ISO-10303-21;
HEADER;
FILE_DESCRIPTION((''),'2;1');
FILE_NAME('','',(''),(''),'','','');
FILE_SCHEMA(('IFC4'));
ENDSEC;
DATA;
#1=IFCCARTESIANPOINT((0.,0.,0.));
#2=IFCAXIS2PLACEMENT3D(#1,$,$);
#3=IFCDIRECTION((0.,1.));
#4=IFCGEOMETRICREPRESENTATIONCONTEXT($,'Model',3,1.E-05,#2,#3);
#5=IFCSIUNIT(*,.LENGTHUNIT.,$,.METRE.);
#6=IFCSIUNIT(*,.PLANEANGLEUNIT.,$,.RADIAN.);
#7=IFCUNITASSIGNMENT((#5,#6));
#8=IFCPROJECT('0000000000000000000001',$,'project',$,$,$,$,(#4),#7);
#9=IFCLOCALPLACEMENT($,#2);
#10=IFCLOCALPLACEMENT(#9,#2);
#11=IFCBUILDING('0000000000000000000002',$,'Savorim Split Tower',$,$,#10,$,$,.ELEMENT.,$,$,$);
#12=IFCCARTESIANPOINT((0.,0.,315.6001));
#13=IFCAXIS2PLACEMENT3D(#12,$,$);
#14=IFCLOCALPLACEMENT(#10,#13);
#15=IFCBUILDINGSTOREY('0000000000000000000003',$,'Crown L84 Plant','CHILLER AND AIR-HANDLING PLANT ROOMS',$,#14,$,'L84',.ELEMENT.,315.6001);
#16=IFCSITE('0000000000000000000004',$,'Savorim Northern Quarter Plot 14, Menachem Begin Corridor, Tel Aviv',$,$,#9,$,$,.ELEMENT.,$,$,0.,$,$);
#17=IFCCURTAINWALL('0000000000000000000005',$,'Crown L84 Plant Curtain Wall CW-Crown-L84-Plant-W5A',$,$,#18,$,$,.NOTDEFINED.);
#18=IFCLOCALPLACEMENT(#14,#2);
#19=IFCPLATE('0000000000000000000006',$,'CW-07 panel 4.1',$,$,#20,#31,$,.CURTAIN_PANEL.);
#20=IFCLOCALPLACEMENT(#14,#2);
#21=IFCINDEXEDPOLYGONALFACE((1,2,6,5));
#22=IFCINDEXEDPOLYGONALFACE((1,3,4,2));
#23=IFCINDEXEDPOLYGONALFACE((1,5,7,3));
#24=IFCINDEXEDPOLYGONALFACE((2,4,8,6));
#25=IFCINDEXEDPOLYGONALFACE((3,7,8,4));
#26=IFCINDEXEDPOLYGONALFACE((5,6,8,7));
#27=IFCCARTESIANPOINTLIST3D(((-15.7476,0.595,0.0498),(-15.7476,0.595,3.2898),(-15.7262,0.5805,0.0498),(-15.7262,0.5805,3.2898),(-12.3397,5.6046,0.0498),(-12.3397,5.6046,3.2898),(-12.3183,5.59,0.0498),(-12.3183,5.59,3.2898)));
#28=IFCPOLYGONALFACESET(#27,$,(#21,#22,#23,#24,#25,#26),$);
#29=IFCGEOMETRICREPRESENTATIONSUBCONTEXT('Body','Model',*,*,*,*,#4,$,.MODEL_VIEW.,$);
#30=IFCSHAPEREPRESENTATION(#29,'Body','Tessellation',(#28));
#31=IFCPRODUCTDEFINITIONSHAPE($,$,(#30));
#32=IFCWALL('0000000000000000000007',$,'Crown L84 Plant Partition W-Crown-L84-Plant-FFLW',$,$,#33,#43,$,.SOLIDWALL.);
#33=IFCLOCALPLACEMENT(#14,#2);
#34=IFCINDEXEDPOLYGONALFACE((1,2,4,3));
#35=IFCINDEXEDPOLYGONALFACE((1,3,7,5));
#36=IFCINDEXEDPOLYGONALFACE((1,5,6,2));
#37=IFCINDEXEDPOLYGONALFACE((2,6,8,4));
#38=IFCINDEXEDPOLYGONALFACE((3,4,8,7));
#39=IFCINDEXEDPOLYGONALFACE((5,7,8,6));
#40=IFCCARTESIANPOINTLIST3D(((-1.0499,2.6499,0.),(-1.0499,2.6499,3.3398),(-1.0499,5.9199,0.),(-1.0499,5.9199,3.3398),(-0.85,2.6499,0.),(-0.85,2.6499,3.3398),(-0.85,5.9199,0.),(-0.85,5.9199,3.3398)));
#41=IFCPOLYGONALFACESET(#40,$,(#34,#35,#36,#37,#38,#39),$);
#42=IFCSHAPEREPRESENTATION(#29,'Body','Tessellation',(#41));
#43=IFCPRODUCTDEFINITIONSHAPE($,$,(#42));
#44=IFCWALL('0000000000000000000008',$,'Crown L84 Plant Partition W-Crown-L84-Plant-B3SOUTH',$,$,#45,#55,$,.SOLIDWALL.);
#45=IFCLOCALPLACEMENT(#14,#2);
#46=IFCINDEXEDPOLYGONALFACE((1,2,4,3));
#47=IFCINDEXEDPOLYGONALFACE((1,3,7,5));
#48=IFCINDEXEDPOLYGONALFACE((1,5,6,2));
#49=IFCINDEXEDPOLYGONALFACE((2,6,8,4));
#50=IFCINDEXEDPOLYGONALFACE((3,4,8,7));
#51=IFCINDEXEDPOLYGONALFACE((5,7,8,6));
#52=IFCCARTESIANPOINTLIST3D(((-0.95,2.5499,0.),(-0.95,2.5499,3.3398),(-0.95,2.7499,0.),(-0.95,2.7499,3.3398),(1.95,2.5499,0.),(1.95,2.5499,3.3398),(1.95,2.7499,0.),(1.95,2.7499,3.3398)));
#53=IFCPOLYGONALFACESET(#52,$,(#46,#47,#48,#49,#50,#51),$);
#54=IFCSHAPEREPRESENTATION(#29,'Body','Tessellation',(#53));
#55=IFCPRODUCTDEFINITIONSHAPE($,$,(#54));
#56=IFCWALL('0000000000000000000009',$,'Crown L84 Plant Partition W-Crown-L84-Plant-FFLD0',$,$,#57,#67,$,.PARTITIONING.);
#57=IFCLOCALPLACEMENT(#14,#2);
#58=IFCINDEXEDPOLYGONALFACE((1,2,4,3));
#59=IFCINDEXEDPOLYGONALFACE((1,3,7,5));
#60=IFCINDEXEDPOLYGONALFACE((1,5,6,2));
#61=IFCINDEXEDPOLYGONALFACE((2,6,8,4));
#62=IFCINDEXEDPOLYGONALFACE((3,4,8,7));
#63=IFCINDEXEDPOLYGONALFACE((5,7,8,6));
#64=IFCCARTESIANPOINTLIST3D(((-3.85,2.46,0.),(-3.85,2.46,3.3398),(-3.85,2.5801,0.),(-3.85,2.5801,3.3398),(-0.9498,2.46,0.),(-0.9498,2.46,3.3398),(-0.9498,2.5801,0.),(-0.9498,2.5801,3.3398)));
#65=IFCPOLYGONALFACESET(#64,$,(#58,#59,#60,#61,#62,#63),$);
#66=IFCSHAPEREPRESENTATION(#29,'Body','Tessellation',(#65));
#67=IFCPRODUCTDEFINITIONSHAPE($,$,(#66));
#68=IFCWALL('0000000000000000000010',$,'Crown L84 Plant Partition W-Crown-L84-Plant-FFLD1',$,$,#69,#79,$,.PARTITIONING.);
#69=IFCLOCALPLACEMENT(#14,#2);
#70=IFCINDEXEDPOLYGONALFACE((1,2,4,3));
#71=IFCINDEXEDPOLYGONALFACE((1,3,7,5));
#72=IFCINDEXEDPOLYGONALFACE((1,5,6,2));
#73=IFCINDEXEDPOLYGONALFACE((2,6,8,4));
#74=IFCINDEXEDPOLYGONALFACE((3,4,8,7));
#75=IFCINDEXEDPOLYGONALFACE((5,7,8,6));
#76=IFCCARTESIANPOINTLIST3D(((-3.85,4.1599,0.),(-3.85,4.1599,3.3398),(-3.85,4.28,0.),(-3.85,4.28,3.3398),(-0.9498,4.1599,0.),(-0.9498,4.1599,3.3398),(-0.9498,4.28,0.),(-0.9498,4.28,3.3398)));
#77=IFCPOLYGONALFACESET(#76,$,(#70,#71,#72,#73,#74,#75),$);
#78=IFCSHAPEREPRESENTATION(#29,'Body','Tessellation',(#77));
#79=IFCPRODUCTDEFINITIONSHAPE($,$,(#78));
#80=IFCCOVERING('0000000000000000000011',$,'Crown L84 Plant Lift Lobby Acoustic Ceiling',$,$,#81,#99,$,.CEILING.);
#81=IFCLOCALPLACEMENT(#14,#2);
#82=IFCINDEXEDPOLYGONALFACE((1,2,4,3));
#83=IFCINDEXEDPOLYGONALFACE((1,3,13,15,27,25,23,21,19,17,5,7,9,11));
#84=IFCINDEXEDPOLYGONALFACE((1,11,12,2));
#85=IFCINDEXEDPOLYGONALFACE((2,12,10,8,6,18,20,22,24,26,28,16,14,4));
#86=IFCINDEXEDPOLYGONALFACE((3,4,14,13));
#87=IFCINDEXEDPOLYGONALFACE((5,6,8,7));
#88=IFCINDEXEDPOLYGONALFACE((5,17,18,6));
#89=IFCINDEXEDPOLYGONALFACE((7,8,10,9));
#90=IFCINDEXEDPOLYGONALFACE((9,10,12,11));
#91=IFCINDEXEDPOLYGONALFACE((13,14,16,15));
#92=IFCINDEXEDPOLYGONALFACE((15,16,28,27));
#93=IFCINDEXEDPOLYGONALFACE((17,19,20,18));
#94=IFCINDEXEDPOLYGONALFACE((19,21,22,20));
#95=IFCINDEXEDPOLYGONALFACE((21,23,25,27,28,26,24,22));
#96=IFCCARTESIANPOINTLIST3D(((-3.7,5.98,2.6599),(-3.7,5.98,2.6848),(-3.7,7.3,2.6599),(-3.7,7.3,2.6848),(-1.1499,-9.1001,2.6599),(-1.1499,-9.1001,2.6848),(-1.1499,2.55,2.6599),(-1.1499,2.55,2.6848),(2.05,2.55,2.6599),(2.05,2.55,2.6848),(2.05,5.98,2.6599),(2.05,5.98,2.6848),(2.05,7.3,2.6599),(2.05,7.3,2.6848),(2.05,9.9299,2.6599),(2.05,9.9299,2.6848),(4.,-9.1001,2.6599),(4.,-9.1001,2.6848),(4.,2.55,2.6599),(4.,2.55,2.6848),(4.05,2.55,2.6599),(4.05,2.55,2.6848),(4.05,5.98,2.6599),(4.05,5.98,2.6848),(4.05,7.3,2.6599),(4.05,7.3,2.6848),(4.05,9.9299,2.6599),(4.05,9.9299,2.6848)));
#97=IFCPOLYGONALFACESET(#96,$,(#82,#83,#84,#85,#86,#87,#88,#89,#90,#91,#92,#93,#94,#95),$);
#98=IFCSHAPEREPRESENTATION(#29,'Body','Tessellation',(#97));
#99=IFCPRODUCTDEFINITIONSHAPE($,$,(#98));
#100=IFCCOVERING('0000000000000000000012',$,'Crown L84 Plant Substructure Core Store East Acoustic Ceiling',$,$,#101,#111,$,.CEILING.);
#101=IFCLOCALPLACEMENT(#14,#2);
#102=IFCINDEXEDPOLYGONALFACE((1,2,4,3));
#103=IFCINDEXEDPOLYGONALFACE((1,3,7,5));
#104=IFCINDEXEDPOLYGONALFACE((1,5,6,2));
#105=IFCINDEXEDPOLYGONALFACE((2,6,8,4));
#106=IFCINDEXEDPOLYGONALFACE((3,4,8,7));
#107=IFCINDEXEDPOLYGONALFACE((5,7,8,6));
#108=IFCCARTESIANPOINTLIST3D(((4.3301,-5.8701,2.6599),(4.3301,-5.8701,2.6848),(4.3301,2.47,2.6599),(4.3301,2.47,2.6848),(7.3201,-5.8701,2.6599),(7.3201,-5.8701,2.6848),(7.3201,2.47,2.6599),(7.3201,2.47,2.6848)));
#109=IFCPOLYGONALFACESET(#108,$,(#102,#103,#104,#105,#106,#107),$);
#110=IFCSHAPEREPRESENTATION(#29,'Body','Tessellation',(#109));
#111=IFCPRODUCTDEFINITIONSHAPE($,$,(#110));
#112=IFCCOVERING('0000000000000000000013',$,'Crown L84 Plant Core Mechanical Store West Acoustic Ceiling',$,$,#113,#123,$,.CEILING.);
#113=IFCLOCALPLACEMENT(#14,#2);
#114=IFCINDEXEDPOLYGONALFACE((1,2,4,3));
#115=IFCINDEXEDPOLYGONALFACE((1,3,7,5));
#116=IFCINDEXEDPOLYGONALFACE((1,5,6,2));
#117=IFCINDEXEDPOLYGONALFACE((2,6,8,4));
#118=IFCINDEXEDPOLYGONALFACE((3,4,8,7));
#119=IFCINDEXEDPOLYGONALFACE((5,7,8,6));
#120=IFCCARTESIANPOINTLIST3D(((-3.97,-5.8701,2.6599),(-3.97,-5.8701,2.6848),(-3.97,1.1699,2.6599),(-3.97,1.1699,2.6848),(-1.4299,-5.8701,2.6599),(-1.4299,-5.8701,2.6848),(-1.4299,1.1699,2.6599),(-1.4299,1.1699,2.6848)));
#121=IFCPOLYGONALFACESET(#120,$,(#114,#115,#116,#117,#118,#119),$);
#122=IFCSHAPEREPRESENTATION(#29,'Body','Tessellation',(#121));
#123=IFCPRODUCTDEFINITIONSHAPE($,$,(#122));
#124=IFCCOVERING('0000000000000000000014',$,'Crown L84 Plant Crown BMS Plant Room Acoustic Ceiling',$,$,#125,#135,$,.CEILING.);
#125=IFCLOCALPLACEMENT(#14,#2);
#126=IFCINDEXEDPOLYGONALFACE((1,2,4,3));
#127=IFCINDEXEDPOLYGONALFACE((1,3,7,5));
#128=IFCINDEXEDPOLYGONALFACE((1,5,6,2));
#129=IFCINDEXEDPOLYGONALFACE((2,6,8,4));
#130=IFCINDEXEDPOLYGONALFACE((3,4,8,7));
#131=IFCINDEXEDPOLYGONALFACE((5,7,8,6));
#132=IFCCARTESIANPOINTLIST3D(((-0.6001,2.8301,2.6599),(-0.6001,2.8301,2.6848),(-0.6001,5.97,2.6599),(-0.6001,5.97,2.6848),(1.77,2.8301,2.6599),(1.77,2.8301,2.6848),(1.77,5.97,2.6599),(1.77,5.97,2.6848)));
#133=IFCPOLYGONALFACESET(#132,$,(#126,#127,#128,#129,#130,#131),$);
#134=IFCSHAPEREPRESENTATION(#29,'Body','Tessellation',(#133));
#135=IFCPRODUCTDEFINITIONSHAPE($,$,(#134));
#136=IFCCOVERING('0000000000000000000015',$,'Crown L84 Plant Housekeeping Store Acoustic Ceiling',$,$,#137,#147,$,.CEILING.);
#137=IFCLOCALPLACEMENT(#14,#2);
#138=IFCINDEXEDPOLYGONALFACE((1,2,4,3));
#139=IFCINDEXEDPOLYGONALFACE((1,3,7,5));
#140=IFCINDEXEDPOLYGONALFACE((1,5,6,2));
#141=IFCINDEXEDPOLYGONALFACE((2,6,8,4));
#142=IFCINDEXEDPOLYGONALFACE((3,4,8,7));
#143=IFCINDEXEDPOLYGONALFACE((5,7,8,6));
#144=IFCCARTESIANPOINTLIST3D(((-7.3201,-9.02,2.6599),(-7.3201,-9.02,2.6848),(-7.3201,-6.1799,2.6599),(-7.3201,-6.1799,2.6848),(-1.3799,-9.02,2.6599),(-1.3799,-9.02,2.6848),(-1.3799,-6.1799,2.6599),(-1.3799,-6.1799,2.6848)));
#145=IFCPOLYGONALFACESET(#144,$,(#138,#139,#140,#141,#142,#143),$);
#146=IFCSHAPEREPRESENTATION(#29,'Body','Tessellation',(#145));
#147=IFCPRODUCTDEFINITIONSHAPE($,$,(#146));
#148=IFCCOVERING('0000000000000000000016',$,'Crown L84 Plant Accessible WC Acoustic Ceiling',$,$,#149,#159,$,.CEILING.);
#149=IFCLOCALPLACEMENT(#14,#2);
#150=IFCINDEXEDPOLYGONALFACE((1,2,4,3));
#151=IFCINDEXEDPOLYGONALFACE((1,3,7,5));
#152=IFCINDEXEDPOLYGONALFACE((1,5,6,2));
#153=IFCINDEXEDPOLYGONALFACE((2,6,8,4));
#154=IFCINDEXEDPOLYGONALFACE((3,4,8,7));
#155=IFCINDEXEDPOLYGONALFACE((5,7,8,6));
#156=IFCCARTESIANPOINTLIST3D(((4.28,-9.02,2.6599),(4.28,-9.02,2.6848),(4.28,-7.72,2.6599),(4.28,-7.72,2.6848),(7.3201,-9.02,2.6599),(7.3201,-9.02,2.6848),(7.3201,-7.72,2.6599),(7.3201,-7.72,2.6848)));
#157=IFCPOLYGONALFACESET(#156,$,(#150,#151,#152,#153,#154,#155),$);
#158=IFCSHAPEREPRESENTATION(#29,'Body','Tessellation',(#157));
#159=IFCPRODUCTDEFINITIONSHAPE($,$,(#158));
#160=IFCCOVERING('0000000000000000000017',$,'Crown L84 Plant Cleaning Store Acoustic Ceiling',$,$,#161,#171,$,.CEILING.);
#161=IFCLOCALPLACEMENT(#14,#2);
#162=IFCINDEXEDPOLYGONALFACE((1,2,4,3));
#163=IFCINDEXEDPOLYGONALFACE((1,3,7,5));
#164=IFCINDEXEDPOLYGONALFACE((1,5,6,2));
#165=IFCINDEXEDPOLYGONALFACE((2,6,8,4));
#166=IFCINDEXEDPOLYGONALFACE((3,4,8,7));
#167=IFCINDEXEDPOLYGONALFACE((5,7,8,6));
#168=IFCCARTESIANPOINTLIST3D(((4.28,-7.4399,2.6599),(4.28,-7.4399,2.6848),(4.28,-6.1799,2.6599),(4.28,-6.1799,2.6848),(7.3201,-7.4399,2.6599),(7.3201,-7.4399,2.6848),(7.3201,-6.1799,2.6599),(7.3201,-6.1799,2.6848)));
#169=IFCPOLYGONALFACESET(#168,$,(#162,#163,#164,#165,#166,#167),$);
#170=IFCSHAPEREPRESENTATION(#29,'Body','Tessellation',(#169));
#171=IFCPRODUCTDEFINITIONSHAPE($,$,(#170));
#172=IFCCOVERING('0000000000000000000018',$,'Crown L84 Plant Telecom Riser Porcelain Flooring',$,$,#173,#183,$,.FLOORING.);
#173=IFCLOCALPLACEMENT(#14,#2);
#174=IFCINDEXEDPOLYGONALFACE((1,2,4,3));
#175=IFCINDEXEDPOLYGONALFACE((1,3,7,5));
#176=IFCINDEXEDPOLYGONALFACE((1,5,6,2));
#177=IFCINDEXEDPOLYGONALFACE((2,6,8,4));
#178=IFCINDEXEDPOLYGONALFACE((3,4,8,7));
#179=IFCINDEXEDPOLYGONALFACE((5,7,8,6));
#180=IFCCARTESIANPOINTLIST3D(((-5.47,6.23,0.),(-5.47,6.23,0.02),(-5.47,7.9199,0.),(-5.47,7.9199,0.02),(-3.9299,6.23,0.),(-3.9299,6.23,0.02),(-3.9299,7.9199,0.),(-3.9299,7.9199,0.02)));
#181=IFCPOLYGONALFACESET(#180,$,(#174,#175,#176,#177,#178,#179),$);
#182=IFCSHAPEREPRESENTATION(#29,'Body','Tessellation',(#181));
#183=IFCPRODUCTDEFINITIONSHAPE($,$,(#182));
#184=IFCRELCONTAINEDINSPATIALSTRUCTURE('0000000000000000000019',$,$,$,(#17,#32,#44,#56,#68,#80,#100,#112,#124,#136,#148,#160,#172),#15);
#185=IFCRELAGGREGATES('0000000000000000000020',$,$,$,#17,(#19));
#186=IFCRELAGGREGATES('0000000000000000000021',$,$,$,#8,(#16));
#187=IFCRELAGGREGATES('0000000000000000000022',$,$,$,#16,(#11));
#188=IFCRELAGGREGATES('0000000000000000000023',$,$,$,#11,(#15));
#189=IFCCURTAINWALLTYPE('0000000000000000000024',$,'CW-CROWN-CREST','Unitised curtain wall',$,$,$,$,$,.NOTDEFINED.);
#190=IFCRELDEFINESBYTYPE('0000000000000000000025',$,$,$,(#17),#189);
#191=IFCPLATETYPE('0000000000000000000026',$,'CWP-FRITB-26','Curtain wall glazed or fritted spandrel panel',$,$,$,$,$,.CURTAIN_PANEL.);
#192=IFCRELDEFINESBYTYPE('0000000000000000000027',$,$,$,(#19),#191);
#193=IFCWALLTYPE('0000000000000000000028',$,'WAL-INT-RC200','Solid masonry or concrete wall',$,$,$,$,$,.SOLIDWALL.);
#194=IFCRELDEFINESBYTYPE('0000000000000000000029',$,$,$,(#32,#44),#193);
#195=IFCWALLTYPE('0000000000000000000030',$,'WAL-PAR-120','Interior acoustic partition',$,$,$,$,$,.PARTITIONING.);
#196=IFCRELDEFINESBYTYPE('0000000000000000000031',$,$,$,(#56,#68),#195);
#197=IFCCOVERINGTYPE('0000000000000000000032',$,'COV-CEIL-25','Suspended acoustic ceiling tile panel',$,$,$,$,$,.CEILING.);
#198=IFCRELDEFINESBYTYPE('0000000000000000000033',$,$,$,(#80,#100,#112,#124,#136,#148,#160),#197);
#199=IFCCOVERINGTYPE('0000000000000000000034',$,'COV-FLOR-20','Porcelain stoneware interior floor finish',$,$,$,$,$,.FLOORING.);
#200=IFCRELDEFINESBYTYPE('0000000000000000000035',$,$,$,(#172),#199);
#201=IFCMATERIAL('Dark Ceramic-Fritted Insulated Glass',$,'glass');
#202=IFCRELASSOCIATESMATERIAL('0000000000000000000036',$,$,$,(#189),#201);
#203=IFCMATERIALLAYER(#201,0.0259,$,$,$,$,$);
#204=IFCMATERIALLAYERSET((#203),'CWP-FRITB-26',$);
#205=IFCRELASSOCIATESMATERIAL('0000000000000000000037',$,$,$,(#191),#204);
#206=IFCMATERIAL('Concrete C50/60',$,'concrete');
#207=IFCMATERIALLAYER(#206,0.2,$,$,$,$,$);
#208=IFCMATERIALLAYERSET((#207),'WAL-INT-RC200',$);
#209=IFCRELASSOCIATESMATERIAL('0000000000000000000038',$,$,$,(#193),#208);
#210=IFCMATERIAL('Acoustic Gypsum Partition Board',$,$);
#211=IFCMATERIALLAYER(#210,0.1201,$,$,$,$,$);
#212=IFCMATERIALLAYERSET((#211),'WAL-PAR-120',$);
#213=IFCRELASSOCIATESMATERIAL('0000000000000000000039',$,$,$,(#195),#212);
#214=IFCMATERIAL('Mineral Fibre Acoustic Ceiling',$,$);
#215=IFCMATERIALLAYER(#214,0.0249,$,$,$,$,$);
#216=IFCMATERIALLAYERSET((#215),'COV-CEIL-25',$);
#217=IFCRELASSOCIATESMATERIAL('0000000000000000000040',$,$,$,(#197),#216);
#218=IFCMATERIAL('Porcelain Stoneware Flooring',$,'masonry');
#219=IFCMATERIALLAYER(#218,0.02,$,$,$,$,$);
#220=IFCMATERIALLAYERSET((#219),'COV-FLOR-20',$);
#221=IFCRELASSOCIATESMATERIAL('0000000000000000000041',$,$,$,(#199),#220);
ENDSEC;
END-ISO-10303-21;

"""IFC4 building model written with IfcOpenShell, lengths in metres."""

from ifc_helpers import new_model, si_unit, direction, frame, frame_2d, origin, origin_2d, place, context, subcontext, project, spatial, polyline, rectangle, outline, extrude, material, layer, layer_set, type_object, element, aggregate, save


model = new_model("IFC4")

# Units and contexts
model_context = context("Model", 3, precision=1e-05, world=origin(), true_north=direction((0.0, 1.0)))
body_context = subcontext(model_context, "Body", "Model", "MODEL_VIEW")
ifc_project = project(units=[si_unit("LENGTHUNIT", "METRE"), si_unit("PLANEANGLEUNIT", "RADIAN")], contexts=[model_context])

# Site, building, storey
site_placement = place(None, origin())
site = spatial("IfcSite", under=ifc_project, at=site_placement, Name="Savorim Northern Quarter Plot 14, Menachem Begin Corridor, Tel Aviv", CompositionType="ELEMENT", RefElevation=0.0)
building_placement = place(site_placement, origin())
building = spatial("IfcBuilding", under=site, at=building_placement, Name="Savorim Split Tower", CompositionType="ELEMENT")
storey_placement = place(building_placement, frame((0.0, 0.0, 315.6001)))
storey = spatial("IfcBuildingStorey", under=building, at=storey_placement, Name="Crown L84 Plant", Description="CHILLER AND AIR-HANDLING PLANT ROOMS", LongName="L84", CompositionType="ELEMENT", Elevation=315.6001)

# Curtain wall, plate
ifc_material_1 = material(Name="Dark Ceramic-Fritted Insulated Glass", Category="glass")
curtain_wall_type = type_object("IfcCurtainWallType", Name="CW-CROWN-CREST", Description="Unitised curtain wall", PredefinedType="NOTDEFINED", material=ifc_material_1)
curtain_wall_placement = place(storey_placement, origin())
curtain_wall = element("IfcCurtainWall", 1, at=curtain_wall_placement, inside=storey, type_object=curtain_wall_type, Name="Crown L84 Plant Curtain Wall CW-Crown-L84-Plant-W5A", PredefinedType="NOTDEFINED")
ifc_layer_1 = layer(ifc_material_1, 0.0259)
ifc_layer_set_1 = layer_set([ifc_layer_1], Name="CWP-FRITB-26")
plate_type = type_object("IfcPlateType", Name="CWP-FRITB-26", Description="Curtain wall glazed or fritted spandrel panel", PredefinedType="CURTAIN_PANEL", material=ifc_layer_set_1)
plate_placement = place(storey_placement, frame((-14.033, 3.0925, 0.0498), z_axis=(0.0, 0.0, 1.0), x_axis=(-0.562467, -0.82682, 0.0)))
plate = element("IfcPlate", 2, at=plate_placement, type_object=plate_type, Name="CW-07 panel 4.1", PredefinedType="CURTAIN_PANEL", context=body_context, shape_type="SweptSolid", body=[
    extrude(rectangle(XDim=6.0588, YDim=0.0259, at=origin_2d()), origin(), (0.0, 0.0, 1.0), 3.24),
])
aggregate(curtain_wall, [plate])

# Shared definitions
ifc_material_2 = material(Name="Concrete C50/60", Category="concrete")
ifc_layer_2 = layer(ifc_material_2, 0.2)
ifc_layer_set_2 = layer_set([ifc_layer_2], Name="WAL-INT-RC200")
wall_type_1 = type_object("IfcWallType", Name="WAL-INT-RC200", Description="Solid masonry or concrete wall", PredefinedType="SOLIDWALL", material=ifc_layer_set_2)

# Walls
wall_1_placement = place(storey_placement, frame((-0.95, 2.6499, 0.0), z_axis=(0.0, 0.0, 1.0), x_axis=(0.0, 1.0, 0.0)))
element("IfcWall", 3, at=wall_1_placement, inside=storey, type_object=wall_type_1, Name="Crown L84 Plant Partition W-Crown-L84-Plant-FFLW", PredefinedType="SOLIDWALL", context=body_context, shape_type="SweptSolid", body=[
    extrude(rectangle(XDim=3.27, YDim=0.2, at=frame_2d((1.635, 0.0))), origin(), (0.0, 0.0, 1.0), 3.3398),
])
wall_2_placement = place(storey_placement, frame((-0.95, 2.6499, 0.0), z_axis=(0.0, 0.0, 1.0), x_axis=(1.0, 0.0, 0.0)))
element("IfcWall", 4, at=wall_2_placement, inside=storey, type_object=wall_type_1, Name="Crown L84 Plant Partition W-Crown-L84-Plant-B3SOUTH", PredefinedType="SOLIDWALL", context=body_context, shape_type="SweptSolid", body=[
    extrude(rectangle(XDim=2.8999, YDim=0.2, at=frame_2d((1.45, 0.0))), origin(), (0.0, 0.0, 1.0), 3.3398),
])
ifc_material_3 = material(Name="Acoustic Gypsum Partition Board")
ifc_layer_3 = layer(ifc_material_3, 0.1201)
ifc_layer_set_3 = layer_set([ifc_layer_3], Name="WAL-PAR-120")
wall_type_2 = type_object("IfcWallType", Name="WAL-PAR-120", Description="Interior acoustic partition", PredefinedType="PARTITIONING", material=ifc_layer_set_3)
for number, where, z_axis, x_axis, name in (
    (5, (-3.8501, 2.52, 0.0), (0.0, 0.0, 1.0), (1.0, 0.0, 0.0), "Crown L84 Plant Partition W-Crown-L84-Plant-FFLD0"),
    (6, (-3.8501, 4.22, 0.0), (0.0, 0.0, 1.0), (1.0, 0.0, 0.0), "Crown L84 Plant Partition W-Crown-L84-Plant-FFLD1"),
):
    element("IfcWall", number, at=place(storey_placement, frame(where, z_axis=z_axis, x_axis=x_axis)), inside=storey, type_object=wall_type_2, Name=name, PredefinedType="PARTITIONING", context=body_context, shape_type="SweptSolid", body=[
        extrude(rectangle(XDim=2.9001, YDim=0.1201, at=frame_2d((1.4502, 0.0))), origin(), (0.0, 0.0, 1.0), 3.3398),
    ])

# Coverings
ifc_material_4 = material(Name="Mineral Fibre Acoustic Ceiling")
ifc_layer_4 = layer(ifc_material_4, 0.0249)
ifc_layer_set_4 = layer_set([ifc_layer_4], Name="COV-CEIL-25")
covering_type_1 = type_object("IfcCoveringType", Name="COV-CEIL-25", Description="Suspended acoustic ceiling tile panel", PredefinedType="CEILING", material=ifc_layer_set_4)
covering_1_placement = place(storey_placement, frame((0.0, 0.0, 2.6599)))
element("IfcCovering", 7, at=covering_1_placement, inside=storey, type_object=covering_type_1, Name="Crown L84 Plant Lift Lobby Acoustic Ceiling", PredefinedType="CEILING", context=body_context, shape_type="SweptSolid", body=[
    extrude(outline(polyline([(2.05, 2.55), (-1.1499, 2.55), (-1.1499, -9.1001), (4.0, -9.1001), (4.0, 2.55), (4.05, 2.55), (4.05, 5.98), (4.05, 7.3), (4.05, 9.9299), (2.05, 9.9299), (2.05, 7.3), (-3.7, 7.3), (-3.7, 5.98), (2.05, 5.98), (2.05, 2.55)])), origin(), (0.0, 0.0, 1.0), 0.0249),
])
covering_2_placement = place(storey_placement, frame((0.0, 0.0, 2.6599)))
element("IfcCovering", 8, at=covering_2_placement, inside=storey, type_object=covering_type_1, Name="Crown L84 Plant Substructure Core Store East Acoustic Ceiling", PredefinedType="CEILING", context=body_context, shape_type="SweptSolid", body=[
    extrude(outline(polyline([(4.3301, 2.47), (4.3301, -5.8701), (7.3201, -5.8701), (7.3201, 2.47), (4.3301, 2.47)])), origin(), (0.0, 0.0, 1.0), 0.0249),
])
covering_3_placement = place(storey_placement, frame((0.0, 0.0, 2.6599)))
element("IfcCovering", 9, at=covering_3_placement, inside=storey, type_object=covering_type_1, Name="Crown L84 Plant Core Mechanical Store West Acoustic Ceiling", PredefinedType="CEILING", context=body_context, shape_type="SweptSolid", body=[
    extrude(outline(polyline([(-3.97, 1.1699), (-3.97, -5.8701), (-1.4299, -5.8701), (-1.4299, 1.1699), (-3.97, 1.1699)])), origin(), (0.0, 0.0, 1.0), 0.0249),
])
covering_4_placement = place(storey_placement, frame((0.0, 0.0, 2.6599)))
element("IfcCovering", 10, at=covering_4_placement, inside=storey, type_object=covering_type_1, Name="Crown L84 Plant Crown BMS Plant Room Acoustic Ceiling", PredefinedType="CEILING", context=body_context, shape_type="SweptSolid", body=[
    extrude(outline(polyline([(1.77, 5.97), (-0.6001, 5.97), (-0.6001, 2.8301), (1.77, 2.8301), (1.77, 5.97)])), origin(), (0.0, 0.0, 1.0), 0.0249),
])
covering_5_placement = place(storey_placement, frame((0.0, 0.0, 2.6599)))
element("IfcCovering", 11, at=covering_5_placement, inside=storey, type_object=covering_type_1, Name="Crown L84 Plant Housekeeping Store Acoustic Ceiling", PredefinedType="CEILING", context=body_context, shape_type="SweptSolid", body=[
    extrude(outline(polyline([(-7.3201, -6.1799), (-7.3201, -9.02), (-1.3799, -9.02), (-1.3799, -6.1799), (-7.3201, -6.1799)])), origin(), (0.0, 0.0, 1.0), 0.0249),
])
covering_6_placement = place(storey_placement, frame((0.0, 0.0, 2.6599)))
element("IfcCovering", 12, at=covering_6_placement, inside=storey, type_object=covering_type_1, Name="Crown L84 Plant Accessible WC Acoustic Ceiling", PredefinedType="CEILING", context=body_context, shape_type="SweptSolid", body=[
    extrude(outline(polyline([(4.28, -7.72), (4.28, -9.02), (7.3201, -9.02), (7.3201, -7.72), (4.28, -7.72)])), origin(), (0.0, 0.0, 1.0), 0.0249),
])
covering_7_placement = place(storey_placement, frame((0.0, 0.0, 2.6599)))
element("IfcCovering", 13, at=covering_7_placement, inside=storey, type_object=covering_type_1, Name="Crown L84 Plant Cleaning Store Acoustic Ceiling", PredefinedType="CEILING", context=body_context, shape_type="SweptSolid", body=[
    extrude(outline(polyline([(4.28, -6.1799), (4.28, -7.4399), (7.3201, -7.4399), (7.3201, -6.1799), (4.28, -6.1799)])), origin(), (0.0, 0.0, 1.0), 0.0249),
])
ifc_material_5 = material(Name="Porcelain Stoneware Flooring", Category="masonry")
ifc_layer_5 = layer(ifc_material_5, 0.02)
ifc_layer_set_5 = layer_set([ifc_layer_5], Name="COV-FLOR-20")
covering_type_2 = type_object("IfcCoveringType", Name="COV-FLOR-20", Description="Porcelain stoneware interior floor finish", PredefinedType="FLOORING", material=ifc_layer_set_5)
covering_8_placement = place(storey_placement, origin())
element("IfcCovering", 14, at=covering_8_placement, inside=storey, type_object=covering_type_2, Name="Crown L84 Plant Telecom Riser Porcelain Flooring", PredefinedType="FLOORING", context=body_context, shape_type="SweptSolid", body=[
    extrude(outline(polyline([(-5.47, 7.9199), (-5.47, 6.23), (-3.9299, 6.23), (-3.9299, 7.9199), (-5.47, 7.9199)])), origin(), (0.0, 0.0, 1.0), 0.02),
])

save(model, "model.ifc")
